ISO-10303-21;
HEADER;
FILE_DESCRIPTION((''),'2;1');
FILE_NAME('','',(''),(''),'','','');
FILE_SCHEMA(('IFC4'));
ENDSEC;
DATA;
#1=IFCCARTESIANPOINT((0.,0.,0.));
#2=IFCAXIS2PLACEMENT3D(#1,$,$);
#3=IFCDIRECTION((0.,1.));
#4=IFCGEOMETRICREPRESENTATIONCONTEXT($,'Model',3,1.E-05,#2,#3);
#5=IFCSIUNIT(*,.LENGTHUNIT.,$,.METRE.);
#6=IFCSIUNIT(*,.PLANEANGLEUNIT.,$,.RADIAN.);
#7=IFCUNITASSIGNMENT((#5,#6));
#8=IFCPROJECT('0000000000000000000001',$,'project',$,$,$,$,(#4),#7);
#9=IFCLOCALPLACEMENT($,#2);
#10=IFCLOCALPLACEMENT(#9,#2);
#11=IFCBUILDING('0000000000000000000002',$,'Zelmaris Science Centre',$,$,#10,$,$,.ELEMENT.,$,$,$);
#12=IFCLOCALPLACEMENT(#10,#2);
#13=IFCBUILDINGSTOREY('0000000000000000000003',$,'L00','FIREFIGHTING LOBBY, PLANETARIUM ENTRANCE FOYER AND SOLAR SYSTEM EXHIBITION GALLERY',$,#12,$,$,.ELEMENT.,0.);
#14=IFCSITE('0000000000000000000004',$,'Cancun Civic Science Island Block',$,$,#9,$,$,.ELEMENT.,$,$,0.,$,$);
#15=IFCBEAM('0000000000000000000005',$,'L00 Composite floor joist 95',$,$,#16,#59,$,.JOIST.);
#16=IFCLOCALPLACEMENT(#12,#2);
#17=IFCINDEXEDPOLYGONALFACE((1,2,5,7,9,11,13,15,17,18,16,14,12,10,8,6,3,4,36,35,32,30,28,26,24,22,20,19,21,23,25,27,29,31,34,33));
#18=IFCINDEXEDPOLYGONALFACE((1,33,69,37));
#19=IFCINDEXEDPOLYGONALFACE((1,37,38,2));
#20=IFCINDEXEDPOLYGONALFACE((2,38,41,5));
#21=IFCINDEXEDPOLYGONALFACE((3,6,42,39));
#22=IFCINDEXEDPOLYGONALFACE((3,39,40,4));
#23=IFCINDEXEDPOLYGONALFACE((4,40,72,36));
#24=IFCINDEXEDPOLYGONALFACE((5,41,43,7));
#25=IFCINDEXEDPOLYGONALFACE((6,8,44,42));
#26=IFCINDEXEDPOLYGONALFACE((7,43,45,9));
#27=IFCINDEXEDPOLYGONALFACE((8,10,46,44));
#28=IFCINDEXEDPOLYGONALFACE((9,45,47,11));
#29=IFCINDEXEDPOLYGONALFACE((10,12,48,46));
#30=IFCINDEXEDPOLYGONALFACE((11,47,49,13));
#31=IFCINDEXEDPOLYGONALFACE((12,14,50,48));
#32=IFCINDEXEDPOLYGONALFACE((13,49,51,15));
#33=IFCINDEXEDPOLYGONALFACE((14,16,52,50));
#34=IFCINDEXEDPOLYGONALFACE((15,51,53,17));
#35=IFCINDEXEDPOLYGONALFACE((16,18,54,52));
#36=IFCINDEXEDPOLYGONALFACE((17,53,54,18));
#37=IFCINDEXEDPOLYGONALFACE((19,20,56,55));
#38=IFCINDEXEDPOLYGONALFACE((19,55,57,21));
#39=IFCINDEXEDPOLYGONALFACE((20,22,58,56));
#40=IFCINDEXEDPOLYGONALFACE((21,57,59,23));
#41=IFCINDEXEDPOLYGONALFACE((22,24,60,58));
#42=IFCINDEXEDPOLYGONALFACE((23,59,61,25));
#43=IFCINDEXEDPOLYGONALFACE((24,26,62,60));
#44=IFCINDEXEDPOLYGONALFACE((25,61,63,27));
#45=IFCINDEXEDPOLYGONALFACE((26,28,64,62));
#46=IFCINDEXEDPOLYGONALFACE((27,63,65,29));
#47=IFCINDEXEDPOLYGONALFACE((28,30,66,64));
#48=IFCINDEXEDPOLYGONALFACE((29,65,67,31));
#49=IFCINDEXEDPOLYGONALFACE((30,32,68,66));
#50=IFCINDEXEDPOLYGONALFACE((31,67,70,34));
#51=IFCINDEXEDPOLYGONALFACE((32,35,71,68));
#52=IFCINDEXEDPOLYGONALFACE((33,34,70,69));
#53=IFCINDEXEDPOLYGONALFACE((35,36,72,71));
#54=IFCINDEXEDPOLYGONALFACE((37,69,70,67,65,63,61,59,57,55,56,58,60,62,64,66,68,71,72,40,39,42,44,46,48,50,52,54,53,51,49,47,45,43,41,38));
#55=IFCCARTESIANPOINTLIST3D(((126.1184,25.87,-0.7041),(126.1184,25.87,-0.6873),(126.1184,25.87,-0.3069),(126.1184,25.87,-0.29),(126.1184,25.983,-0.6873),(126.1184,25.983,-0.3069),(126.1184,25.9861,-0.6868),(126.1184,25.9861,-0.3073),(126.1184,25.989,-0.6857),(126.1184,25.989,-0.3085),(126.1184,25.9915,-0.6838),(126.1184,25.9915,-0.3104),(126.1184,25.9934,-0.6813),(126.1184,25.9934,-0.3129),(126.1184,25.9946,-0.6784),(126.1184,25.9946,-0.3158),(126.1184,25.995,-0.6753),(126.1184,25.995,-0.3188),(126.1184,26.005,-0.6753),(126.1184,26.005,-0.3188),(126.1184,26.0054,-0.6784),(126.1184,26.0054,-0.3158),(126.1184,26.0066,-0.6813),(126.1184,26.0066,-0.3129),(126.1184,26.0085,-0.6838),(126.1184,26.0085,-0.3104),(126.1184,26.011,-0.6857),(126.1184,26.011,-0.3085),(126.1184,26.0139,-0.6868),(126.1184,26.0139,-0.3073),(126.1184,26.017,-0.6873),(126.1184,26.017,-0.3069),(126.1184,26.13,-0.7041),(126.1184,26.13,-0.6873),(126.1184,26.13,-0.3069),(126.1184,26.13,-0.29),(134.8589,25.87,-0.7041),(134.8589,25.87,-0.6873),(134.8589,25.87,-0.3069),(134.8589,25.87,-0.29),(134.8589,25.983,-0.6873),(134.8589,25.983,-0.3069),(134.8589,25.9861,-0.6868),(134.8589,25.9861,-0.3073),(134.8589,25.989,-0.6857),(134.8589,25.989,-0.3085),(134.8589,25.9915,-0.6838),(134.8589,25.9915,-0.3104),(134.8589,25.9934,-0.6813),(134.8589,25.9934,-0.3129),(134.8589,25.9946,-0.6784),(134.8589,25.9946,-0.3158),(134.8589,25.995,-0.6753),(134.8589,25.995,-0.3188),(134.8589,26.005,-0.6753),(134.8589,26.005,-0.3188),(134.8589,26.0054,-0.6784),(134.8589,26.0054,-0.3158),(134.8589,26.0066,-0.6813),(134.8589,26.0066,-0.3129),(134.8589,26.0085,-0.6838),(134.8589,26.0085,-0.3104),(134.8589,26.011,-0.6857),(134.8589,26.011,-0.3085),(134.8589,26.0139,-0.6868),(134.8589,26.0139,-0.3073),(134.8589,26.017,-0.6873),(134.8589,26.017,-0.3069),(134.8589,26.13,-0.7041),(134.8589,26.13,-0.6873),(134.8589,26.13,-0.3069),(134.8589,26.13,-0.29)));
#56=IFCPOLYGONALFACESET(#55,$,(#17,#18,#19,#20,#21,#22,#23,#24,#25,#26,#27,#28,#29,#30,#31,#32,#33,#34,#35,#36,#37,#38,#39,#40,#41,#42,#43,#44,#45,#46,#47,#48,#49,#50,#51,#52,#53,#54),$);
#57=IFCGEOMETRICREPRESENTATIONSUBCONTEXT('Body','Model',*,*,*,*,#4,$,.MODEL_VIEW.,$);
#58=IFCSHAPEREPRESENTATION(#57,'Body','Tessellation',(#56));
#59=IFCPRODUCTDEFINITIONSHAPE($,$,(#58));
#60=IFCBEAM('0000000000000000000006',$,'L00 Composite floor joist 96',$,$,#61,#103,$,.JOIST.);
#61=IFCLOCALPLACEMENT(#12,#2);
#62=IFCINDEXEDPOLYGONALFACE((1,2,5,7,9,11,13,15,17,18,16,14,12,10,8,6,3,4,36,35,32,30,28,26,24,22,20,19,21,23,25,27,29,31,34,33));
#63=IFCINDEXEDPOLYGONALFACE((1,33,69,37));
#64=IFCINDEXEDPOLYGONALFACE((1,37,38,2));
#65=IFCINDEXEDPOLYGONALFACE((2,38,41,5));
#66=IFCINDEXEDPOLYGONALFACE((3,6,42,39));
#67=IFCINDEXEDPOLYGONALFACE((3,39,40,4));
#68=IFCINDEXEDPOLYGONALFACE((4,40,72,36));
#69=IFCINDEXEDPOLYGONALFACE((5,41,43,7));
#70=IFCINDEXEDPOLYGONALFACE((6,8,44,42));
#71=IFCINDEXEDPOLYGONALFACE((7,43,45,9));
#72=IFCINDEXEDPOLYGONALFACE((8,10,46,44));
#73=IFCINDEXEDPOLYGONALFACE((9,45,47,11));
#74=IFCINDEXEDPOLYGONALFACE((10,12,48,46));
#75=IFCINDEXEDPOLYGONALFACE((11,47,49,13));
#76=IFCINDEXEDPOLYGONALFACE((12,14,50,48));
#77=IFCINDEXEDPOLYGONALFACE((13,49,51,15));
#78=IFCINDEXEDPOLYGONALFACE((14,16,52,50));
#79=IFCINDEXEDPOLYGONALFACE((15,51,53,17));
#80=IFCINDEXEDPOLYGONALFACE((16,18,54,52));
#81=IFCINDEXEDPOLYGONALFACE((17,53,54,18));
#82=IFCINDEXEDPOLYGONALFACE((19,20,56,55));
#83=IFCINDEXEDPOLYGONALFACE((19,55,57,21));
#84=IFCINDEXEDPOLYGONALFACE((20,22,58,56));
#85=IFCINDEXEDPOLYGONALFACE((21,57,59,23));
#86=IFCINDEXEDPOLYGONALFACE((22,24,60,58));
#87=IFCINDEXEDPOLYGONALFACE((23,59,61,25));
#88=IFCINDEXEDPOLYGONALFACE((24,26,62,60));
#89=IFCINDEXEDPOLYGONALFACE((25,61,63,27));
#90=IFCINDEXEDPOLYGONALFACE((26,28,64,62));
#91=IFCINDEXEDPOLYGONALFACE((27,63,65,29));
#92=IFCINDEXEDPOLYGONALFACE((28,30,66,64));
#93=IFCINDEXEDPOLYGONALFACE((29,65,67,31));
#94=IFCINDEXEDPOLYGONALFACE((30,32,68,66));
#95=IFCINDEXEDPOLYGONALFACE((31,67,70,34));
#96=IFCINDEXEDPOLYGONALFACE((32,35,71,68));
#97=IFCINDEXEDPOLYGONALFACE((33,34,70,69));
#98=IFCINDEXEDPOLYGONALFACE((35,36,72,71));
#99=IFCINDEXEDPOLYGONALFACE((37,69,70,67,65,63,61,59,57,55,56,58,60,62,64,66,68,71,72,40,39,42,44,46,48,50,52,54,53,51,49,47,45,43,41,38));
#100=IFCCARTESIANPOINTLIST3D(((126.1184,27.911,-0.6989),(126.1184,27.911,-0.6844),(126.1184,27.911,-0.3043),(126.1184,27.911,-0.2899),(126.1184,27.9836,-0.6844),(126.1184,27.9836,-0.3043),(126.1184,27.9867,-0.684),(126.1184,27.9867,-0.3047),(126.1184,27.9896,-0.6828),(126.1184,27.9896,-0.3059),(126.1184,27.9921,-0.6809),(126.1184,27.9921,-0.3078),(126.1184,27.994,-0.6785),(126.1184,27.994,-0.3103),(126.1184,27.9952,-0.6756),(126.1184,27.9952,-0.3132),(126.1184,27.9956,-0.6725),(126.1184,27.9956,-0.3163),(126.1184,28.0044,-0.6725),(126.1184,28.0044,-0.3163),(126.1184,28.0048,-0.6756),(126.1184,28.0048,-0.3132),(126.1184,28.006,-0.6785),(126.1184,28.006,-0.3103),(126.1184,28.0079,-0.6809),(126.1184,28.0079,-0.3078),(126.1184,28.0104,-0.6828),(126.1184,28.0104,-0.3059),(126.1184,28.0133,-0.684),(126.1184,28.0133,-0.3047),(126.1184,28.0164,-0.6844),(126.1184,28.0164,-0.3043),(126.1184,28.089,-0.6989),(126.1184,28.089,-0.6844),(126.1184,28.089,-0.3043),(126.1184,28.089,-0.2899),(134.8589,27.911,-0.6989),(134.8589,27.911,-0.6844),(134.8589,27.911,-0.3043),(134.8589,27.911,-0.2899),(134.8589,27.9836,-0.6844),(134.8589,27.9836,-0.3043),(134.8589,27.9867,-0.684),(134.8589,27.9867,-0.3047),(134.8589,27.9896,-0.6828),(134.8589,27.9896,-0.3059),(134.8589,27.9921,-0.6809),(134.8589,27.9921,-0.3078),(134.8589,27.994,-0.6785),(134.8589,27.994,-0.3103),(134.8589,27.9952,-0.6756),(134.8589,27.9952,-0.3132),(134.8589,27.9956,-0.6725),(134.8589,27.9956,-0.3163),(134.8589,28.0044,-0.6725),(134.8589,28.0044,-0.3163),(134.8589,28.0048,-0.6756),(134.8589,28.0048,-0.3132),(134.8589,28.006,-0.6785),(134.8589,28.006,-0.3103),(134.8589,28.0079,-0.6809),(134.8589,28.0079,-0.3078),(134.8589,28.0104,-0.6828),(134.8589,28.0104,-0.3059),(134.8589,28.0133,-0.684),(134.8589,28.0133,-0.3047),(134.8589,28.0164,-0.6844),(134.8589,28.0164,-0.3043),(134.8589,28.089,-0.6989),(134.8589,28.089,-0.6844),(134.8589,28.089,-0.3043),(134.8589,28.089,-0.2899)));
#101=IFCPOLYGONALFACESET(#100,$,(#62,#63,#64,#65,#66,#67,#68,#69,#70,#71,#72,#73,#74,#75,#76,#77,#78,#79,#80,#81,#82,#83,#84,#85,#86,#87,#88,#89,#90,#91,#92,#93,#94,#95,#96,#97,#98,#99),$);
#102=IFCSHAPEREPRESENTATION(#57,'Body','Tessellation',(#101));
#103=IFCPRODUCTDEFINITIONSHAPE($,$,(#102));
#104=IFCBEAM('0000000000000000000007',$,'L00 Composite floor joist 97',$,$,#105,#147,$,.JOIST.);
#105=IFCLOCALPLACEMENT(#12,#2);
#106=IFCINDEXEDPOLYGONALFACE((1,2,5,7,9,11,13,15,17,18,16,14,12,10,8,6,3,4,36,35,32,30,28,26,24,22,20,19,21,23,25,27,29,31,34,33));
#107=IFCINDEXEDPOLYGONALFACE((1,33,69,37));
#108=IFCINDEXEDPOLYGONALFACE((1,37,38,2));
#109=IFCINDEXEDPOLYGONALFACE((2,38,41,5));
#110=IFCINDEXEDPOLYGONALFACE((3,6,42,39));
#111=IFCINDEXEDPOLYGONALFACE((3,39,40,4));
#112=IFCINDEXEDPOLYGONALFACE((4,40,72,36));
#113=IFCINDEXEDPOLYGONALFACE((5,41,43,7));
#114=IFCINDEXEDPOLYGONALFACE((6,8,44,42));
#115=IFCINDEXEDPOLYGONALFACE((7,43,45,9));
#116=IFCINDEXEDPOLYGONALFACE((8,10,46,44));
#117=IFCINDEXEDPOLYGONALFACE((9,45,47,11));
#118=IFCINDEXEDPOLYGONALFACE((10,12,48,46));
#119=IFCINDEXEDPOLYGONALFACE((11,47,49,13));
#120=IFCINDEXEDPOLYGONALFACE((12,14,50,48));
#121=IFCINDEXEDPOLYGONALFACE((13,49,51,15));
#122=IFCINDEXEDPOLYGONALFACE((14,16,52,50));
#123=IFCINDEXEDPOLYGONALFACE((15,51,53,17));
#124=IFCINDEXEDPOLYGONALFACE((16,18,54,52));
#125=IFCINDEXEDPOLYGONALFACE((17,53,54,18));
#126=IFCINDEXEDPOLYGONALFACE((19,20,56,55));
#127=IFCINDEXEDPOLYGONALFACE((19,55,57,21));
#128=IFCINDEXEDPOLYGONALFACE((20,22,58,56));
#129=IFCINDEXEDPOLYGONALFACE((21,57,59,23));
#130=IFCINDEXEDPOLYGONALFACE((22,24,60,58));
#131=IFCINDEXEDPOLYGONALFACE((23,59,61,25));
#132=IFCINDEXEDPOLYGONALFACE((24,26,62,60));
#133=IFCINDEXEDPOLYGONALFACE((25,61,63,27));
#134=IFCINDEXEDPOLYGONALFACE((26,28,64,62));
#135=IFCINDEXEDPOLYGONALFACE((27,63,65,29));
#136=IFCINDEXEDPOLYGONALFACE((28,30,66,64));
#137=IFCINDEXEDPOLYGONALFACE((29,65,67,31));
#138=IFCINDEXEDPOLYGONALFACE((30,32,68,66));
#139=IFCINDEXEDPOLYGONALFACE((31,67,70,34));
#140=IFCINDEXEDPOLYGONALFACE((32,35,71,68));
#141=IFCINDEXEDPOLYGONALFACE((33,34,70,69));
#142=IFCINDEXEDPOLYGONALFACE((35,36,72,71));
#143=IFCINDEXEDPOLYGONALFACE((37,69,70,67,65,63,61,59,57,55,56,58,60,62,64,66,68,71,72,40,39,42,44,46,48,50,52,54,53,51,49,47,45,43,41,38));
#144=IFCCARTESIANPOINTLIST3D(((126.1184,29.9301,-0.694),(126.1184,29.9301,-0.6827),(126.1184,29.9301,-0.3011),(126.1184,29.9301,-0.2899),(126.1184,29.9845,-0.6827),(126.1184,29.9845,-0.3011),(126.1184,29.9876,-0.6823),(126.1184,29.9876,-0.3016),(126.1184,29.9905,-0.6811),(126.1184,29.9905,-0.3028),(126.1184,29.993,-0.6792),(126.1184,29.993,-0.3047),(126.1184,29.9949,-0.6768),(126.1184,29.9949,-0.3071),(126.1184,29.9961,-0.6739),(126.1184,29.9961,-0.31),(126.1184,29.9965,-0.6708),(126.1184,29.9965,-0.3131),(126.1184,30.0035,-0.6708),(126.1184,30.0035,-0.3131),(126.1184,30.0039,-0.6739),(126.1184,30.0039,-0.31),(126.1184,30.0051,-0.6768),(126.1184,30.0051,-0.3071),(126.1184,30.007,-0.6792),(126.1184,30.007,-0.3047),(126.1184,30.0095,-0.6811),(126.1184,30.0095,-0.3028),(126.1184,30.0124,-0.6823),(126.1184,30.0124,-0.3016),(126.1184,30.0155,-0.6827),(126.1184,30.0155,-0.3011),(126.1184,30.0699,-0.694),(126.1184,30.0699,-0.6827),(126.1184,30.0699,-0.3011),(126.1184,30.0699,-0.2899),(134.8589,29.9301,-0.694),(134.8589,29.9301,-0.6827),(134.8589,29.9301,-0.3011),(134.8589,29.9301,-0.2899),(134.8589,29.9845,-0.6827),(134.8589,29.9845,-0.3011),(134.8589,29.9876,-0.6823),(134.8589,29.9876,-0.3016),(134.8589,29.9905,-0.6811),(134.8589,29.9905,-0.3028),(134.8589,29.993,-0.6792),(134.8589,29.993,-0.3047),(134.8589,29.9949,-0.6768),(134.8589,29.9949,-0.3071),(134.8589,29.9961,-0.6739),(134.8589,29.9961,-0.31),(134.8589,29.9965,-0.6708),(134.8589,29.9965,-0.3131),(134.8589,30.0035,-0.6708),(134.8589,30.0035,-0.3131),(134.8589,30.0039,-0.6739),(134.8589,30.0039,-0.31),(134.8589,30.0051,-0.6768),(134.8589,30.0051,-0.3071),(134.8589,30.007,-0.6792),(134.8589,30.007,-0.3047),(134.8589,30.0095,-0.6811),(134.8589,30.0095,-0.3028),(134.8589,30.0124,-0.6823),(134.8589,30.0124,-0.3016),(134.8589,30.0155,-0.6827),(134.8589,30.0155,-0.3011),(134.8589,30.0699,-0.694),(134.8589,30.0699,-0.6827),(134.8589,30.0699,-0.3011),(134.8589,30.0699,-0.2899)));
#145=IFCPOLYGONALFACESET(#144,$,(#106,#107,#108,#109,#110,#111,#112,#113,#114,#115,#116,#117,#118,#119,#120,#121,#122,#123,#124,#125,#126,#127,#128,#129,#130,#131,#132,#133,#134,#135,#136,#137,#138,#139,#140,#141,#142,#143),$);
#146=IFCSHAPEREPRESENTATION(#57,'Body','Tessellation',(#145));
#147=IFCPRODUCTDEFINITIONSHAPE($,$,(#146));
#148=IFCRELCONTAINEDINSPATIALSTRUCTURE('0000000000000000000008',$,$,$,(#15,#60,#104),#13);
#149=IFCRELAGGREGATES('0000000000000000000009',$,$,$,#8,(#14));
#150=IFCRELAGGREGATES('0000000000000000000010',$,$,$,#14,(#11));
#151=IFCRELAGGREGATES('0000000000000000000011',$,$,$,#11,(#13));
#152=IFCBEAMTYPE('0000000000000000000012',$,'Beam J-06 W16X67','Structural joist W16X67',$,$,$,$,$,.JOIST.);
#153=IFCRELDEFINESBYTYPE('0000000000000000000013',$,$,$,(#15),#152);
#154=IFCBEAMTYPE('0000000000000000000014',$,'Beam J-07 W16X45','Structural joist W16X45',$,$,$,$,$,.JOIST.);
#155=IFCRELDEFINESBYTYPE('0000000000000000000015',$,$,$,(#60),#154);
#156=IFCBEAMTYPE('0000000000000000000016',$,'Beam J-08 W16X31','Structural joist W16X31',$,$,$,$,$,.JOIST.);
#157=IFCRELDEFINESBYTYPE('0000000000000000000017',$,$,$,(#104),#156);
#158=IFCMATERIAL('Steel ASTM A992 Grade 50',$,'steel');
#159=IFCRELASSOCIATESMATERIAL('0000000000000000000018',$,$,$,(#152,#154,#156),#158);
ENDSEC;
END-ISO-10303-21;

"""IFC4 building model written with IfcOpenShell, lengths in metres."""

from ifc_helpers import new_model, si_unit, direction, frame, origin, origin_2d, place, context, subcontext, project, spatial, i_section, extrude, material, material_profile, profile_set, type_object, element, save


model = new_model("IFC4")

# Units and contexts
model_context = context("Model", 3, precision=1e-05, world=origin(), true_north=direction((0.0, 1.0)))
body_context = subcontext(model_context, "Body", "Model", "MODEL_VIEW")
ifc_project = project(units=[si_unit("LENGTHUNIT", "METRE"), si_unit("PLANEANGLEUNIT", "RADIAN")], contexts=[model_context])

# Site, building, storey
site_placement = place(None, origin())
site = spatial("IfcSite", under=ifc_project, at=site_placement, Name="Cancun Civic Science Island Block", CompositionType="ELEMENT", RefElevation=0.0)
building_placement = place(site_placement, origin())
building = spatial("IfcBuilding", under=site, at=building_placement, Name="Zelmaris Science Centre", CompositionType="ELEMENT")
storey_placement = place(building_placement, origin())
storey = spatial("IfcBuildingStorey", under=building, at=storey_placement, Name="L00", Description="FIREFIGHTING LOBBY, PLANETARIUM ENTRANCE FOYER AND SOLAR SYSTEM EXHIBITION GALLERY", CompositionType="ELEMENT", Elevation=0.0)

# Shared definitions
ifc_material_1 = material(Name="Steel ASTM A992 Grade 50", Category="steel")

# Beams
ifc_material_profile_1 = material_profile(ifc_material_1, i_section(OverallWidth=0.26, OverallDepth=0.4141, WebThickness=0.01, FlangeThickness=0.0168, FilletRadius=0.012, at=origin_2d()), Name="W16X67")
ifc_profile_set_1 = profile_set([ifc_material_profile_1], Name="Steel ASTM A992 Grade 50")
beam_type_1 = type_object("IfcBeamType", Name="Beam J-06 W16X67", Description="Structural joist W16X67", PredefinedType="JOIST", material=ifc_profile_set_1)
beam_1_placement = place(storey_placement, frame((126.1184, 26.0, -0.4971), z_axis=(1.0, 0.0, 0.0), x_axis=(0.0, 1.0, 0.0)))
element("IfcBeam", 1, at=beam_1_placement, inside=storey, type_object=beam_type_1, Name="L00 Composite floor joist 95", PredefinedType="JOIST", context=body_context, shape_type="SweptSolid", body=[
    extrude(i_section(OverallWidth=0.26, OverallDepth=0.4141, WebThickness=0.01, FlangeThickness=0.0168, FilletRadius=0.012, at=origin_2d()), origin(), (0.0, 0.0, 1.0), 8.7405),
])
ifc_material_profile_2 = material_profile(ifc_material_1, i_section(OverallWidth=0.178, OverallDepth=0.4089, WebThickness=0.0088, FlangeThickness=0.0144, FilletRadius=0.012, at=origin_2d()), Name="W16X45")
ifc_profile_set_2 = profile_set([ifc_material_profile_2], Name="Steel ASTM A992 Grade 50")
beam_type_2 = type_object("IfcBeamType", Name="Beam J-07 W16X45", Description="Structural joist W16X45", PredefinedType="JOIST", material=ifc_profile_set_2)
beam_2_placement = place(storey_placement, frame((126.1184, 28.0, -0.4944), z_axis=(1.0, 0.0, 0.0), x_axis=(0.0, 1.0, 0.0)))
element("IfcBeam", 2, at=beam_2_placement, inside=storey, type_object=beam_type_2, Name="L00 Composite floor joist 96", PredefinedType="JOIST", context=body_context, shape_type="SweptSolid", body=[
    extrude(i_section(OverallWidth=0.178, OverallDepth=0.4089, WebThickness=0.0088, FlangeThickness=0.0144, FilletRadius=0.012, at=origin_2d()), origin(), (0.0, 0.0, 1.0), 8.7405),
])
ifc_material_profile_3 = material_profile(ifc_material_1, i_section(OverallWidth=0.1399, OverallDepth=0.4041, WebThickness=0.0071, FlangeThickness=0.0112, FilletRadius=0.012, at=origin_2d()), Name="W16X31")
ifc_profile_set_3 = profile_set([ifc_material_profile_3], Name="Steel ASTM A992 Grade 50")
beam_type_3 = type_object("IfcBeamType", Name="Beam J-08 W16X31", Description="Structural joist W16X31", PredefinedType="JOIST", material=ifc_profile_set_3)
beam_3_placement = place(storey_placement, frame((126.1184, 30.0, -0.4919), z_axis=(1.0, 0.0, 0.0), x_axis=(0.0, 1.0, 0.0)))
element("IfcBeam", 3, at=beam_3_placement, inside=storey, type_object=beam_type_3, Name="L00 Composite floor joist 97", PredefinedType="JOIST", context=body_context, shape_type="SweptSolid", body=[
    extrude(i_section(OverallWidth=0.1399, OverallDepth=0.4041, WebThickness=0.0071, FlangeThickness=0.0112, FilletRadius=0.012, at=origin_2d()), origin(), (0.0, 0.0, 1.0), 8.7405),
])

save(model, "model.ifc")
